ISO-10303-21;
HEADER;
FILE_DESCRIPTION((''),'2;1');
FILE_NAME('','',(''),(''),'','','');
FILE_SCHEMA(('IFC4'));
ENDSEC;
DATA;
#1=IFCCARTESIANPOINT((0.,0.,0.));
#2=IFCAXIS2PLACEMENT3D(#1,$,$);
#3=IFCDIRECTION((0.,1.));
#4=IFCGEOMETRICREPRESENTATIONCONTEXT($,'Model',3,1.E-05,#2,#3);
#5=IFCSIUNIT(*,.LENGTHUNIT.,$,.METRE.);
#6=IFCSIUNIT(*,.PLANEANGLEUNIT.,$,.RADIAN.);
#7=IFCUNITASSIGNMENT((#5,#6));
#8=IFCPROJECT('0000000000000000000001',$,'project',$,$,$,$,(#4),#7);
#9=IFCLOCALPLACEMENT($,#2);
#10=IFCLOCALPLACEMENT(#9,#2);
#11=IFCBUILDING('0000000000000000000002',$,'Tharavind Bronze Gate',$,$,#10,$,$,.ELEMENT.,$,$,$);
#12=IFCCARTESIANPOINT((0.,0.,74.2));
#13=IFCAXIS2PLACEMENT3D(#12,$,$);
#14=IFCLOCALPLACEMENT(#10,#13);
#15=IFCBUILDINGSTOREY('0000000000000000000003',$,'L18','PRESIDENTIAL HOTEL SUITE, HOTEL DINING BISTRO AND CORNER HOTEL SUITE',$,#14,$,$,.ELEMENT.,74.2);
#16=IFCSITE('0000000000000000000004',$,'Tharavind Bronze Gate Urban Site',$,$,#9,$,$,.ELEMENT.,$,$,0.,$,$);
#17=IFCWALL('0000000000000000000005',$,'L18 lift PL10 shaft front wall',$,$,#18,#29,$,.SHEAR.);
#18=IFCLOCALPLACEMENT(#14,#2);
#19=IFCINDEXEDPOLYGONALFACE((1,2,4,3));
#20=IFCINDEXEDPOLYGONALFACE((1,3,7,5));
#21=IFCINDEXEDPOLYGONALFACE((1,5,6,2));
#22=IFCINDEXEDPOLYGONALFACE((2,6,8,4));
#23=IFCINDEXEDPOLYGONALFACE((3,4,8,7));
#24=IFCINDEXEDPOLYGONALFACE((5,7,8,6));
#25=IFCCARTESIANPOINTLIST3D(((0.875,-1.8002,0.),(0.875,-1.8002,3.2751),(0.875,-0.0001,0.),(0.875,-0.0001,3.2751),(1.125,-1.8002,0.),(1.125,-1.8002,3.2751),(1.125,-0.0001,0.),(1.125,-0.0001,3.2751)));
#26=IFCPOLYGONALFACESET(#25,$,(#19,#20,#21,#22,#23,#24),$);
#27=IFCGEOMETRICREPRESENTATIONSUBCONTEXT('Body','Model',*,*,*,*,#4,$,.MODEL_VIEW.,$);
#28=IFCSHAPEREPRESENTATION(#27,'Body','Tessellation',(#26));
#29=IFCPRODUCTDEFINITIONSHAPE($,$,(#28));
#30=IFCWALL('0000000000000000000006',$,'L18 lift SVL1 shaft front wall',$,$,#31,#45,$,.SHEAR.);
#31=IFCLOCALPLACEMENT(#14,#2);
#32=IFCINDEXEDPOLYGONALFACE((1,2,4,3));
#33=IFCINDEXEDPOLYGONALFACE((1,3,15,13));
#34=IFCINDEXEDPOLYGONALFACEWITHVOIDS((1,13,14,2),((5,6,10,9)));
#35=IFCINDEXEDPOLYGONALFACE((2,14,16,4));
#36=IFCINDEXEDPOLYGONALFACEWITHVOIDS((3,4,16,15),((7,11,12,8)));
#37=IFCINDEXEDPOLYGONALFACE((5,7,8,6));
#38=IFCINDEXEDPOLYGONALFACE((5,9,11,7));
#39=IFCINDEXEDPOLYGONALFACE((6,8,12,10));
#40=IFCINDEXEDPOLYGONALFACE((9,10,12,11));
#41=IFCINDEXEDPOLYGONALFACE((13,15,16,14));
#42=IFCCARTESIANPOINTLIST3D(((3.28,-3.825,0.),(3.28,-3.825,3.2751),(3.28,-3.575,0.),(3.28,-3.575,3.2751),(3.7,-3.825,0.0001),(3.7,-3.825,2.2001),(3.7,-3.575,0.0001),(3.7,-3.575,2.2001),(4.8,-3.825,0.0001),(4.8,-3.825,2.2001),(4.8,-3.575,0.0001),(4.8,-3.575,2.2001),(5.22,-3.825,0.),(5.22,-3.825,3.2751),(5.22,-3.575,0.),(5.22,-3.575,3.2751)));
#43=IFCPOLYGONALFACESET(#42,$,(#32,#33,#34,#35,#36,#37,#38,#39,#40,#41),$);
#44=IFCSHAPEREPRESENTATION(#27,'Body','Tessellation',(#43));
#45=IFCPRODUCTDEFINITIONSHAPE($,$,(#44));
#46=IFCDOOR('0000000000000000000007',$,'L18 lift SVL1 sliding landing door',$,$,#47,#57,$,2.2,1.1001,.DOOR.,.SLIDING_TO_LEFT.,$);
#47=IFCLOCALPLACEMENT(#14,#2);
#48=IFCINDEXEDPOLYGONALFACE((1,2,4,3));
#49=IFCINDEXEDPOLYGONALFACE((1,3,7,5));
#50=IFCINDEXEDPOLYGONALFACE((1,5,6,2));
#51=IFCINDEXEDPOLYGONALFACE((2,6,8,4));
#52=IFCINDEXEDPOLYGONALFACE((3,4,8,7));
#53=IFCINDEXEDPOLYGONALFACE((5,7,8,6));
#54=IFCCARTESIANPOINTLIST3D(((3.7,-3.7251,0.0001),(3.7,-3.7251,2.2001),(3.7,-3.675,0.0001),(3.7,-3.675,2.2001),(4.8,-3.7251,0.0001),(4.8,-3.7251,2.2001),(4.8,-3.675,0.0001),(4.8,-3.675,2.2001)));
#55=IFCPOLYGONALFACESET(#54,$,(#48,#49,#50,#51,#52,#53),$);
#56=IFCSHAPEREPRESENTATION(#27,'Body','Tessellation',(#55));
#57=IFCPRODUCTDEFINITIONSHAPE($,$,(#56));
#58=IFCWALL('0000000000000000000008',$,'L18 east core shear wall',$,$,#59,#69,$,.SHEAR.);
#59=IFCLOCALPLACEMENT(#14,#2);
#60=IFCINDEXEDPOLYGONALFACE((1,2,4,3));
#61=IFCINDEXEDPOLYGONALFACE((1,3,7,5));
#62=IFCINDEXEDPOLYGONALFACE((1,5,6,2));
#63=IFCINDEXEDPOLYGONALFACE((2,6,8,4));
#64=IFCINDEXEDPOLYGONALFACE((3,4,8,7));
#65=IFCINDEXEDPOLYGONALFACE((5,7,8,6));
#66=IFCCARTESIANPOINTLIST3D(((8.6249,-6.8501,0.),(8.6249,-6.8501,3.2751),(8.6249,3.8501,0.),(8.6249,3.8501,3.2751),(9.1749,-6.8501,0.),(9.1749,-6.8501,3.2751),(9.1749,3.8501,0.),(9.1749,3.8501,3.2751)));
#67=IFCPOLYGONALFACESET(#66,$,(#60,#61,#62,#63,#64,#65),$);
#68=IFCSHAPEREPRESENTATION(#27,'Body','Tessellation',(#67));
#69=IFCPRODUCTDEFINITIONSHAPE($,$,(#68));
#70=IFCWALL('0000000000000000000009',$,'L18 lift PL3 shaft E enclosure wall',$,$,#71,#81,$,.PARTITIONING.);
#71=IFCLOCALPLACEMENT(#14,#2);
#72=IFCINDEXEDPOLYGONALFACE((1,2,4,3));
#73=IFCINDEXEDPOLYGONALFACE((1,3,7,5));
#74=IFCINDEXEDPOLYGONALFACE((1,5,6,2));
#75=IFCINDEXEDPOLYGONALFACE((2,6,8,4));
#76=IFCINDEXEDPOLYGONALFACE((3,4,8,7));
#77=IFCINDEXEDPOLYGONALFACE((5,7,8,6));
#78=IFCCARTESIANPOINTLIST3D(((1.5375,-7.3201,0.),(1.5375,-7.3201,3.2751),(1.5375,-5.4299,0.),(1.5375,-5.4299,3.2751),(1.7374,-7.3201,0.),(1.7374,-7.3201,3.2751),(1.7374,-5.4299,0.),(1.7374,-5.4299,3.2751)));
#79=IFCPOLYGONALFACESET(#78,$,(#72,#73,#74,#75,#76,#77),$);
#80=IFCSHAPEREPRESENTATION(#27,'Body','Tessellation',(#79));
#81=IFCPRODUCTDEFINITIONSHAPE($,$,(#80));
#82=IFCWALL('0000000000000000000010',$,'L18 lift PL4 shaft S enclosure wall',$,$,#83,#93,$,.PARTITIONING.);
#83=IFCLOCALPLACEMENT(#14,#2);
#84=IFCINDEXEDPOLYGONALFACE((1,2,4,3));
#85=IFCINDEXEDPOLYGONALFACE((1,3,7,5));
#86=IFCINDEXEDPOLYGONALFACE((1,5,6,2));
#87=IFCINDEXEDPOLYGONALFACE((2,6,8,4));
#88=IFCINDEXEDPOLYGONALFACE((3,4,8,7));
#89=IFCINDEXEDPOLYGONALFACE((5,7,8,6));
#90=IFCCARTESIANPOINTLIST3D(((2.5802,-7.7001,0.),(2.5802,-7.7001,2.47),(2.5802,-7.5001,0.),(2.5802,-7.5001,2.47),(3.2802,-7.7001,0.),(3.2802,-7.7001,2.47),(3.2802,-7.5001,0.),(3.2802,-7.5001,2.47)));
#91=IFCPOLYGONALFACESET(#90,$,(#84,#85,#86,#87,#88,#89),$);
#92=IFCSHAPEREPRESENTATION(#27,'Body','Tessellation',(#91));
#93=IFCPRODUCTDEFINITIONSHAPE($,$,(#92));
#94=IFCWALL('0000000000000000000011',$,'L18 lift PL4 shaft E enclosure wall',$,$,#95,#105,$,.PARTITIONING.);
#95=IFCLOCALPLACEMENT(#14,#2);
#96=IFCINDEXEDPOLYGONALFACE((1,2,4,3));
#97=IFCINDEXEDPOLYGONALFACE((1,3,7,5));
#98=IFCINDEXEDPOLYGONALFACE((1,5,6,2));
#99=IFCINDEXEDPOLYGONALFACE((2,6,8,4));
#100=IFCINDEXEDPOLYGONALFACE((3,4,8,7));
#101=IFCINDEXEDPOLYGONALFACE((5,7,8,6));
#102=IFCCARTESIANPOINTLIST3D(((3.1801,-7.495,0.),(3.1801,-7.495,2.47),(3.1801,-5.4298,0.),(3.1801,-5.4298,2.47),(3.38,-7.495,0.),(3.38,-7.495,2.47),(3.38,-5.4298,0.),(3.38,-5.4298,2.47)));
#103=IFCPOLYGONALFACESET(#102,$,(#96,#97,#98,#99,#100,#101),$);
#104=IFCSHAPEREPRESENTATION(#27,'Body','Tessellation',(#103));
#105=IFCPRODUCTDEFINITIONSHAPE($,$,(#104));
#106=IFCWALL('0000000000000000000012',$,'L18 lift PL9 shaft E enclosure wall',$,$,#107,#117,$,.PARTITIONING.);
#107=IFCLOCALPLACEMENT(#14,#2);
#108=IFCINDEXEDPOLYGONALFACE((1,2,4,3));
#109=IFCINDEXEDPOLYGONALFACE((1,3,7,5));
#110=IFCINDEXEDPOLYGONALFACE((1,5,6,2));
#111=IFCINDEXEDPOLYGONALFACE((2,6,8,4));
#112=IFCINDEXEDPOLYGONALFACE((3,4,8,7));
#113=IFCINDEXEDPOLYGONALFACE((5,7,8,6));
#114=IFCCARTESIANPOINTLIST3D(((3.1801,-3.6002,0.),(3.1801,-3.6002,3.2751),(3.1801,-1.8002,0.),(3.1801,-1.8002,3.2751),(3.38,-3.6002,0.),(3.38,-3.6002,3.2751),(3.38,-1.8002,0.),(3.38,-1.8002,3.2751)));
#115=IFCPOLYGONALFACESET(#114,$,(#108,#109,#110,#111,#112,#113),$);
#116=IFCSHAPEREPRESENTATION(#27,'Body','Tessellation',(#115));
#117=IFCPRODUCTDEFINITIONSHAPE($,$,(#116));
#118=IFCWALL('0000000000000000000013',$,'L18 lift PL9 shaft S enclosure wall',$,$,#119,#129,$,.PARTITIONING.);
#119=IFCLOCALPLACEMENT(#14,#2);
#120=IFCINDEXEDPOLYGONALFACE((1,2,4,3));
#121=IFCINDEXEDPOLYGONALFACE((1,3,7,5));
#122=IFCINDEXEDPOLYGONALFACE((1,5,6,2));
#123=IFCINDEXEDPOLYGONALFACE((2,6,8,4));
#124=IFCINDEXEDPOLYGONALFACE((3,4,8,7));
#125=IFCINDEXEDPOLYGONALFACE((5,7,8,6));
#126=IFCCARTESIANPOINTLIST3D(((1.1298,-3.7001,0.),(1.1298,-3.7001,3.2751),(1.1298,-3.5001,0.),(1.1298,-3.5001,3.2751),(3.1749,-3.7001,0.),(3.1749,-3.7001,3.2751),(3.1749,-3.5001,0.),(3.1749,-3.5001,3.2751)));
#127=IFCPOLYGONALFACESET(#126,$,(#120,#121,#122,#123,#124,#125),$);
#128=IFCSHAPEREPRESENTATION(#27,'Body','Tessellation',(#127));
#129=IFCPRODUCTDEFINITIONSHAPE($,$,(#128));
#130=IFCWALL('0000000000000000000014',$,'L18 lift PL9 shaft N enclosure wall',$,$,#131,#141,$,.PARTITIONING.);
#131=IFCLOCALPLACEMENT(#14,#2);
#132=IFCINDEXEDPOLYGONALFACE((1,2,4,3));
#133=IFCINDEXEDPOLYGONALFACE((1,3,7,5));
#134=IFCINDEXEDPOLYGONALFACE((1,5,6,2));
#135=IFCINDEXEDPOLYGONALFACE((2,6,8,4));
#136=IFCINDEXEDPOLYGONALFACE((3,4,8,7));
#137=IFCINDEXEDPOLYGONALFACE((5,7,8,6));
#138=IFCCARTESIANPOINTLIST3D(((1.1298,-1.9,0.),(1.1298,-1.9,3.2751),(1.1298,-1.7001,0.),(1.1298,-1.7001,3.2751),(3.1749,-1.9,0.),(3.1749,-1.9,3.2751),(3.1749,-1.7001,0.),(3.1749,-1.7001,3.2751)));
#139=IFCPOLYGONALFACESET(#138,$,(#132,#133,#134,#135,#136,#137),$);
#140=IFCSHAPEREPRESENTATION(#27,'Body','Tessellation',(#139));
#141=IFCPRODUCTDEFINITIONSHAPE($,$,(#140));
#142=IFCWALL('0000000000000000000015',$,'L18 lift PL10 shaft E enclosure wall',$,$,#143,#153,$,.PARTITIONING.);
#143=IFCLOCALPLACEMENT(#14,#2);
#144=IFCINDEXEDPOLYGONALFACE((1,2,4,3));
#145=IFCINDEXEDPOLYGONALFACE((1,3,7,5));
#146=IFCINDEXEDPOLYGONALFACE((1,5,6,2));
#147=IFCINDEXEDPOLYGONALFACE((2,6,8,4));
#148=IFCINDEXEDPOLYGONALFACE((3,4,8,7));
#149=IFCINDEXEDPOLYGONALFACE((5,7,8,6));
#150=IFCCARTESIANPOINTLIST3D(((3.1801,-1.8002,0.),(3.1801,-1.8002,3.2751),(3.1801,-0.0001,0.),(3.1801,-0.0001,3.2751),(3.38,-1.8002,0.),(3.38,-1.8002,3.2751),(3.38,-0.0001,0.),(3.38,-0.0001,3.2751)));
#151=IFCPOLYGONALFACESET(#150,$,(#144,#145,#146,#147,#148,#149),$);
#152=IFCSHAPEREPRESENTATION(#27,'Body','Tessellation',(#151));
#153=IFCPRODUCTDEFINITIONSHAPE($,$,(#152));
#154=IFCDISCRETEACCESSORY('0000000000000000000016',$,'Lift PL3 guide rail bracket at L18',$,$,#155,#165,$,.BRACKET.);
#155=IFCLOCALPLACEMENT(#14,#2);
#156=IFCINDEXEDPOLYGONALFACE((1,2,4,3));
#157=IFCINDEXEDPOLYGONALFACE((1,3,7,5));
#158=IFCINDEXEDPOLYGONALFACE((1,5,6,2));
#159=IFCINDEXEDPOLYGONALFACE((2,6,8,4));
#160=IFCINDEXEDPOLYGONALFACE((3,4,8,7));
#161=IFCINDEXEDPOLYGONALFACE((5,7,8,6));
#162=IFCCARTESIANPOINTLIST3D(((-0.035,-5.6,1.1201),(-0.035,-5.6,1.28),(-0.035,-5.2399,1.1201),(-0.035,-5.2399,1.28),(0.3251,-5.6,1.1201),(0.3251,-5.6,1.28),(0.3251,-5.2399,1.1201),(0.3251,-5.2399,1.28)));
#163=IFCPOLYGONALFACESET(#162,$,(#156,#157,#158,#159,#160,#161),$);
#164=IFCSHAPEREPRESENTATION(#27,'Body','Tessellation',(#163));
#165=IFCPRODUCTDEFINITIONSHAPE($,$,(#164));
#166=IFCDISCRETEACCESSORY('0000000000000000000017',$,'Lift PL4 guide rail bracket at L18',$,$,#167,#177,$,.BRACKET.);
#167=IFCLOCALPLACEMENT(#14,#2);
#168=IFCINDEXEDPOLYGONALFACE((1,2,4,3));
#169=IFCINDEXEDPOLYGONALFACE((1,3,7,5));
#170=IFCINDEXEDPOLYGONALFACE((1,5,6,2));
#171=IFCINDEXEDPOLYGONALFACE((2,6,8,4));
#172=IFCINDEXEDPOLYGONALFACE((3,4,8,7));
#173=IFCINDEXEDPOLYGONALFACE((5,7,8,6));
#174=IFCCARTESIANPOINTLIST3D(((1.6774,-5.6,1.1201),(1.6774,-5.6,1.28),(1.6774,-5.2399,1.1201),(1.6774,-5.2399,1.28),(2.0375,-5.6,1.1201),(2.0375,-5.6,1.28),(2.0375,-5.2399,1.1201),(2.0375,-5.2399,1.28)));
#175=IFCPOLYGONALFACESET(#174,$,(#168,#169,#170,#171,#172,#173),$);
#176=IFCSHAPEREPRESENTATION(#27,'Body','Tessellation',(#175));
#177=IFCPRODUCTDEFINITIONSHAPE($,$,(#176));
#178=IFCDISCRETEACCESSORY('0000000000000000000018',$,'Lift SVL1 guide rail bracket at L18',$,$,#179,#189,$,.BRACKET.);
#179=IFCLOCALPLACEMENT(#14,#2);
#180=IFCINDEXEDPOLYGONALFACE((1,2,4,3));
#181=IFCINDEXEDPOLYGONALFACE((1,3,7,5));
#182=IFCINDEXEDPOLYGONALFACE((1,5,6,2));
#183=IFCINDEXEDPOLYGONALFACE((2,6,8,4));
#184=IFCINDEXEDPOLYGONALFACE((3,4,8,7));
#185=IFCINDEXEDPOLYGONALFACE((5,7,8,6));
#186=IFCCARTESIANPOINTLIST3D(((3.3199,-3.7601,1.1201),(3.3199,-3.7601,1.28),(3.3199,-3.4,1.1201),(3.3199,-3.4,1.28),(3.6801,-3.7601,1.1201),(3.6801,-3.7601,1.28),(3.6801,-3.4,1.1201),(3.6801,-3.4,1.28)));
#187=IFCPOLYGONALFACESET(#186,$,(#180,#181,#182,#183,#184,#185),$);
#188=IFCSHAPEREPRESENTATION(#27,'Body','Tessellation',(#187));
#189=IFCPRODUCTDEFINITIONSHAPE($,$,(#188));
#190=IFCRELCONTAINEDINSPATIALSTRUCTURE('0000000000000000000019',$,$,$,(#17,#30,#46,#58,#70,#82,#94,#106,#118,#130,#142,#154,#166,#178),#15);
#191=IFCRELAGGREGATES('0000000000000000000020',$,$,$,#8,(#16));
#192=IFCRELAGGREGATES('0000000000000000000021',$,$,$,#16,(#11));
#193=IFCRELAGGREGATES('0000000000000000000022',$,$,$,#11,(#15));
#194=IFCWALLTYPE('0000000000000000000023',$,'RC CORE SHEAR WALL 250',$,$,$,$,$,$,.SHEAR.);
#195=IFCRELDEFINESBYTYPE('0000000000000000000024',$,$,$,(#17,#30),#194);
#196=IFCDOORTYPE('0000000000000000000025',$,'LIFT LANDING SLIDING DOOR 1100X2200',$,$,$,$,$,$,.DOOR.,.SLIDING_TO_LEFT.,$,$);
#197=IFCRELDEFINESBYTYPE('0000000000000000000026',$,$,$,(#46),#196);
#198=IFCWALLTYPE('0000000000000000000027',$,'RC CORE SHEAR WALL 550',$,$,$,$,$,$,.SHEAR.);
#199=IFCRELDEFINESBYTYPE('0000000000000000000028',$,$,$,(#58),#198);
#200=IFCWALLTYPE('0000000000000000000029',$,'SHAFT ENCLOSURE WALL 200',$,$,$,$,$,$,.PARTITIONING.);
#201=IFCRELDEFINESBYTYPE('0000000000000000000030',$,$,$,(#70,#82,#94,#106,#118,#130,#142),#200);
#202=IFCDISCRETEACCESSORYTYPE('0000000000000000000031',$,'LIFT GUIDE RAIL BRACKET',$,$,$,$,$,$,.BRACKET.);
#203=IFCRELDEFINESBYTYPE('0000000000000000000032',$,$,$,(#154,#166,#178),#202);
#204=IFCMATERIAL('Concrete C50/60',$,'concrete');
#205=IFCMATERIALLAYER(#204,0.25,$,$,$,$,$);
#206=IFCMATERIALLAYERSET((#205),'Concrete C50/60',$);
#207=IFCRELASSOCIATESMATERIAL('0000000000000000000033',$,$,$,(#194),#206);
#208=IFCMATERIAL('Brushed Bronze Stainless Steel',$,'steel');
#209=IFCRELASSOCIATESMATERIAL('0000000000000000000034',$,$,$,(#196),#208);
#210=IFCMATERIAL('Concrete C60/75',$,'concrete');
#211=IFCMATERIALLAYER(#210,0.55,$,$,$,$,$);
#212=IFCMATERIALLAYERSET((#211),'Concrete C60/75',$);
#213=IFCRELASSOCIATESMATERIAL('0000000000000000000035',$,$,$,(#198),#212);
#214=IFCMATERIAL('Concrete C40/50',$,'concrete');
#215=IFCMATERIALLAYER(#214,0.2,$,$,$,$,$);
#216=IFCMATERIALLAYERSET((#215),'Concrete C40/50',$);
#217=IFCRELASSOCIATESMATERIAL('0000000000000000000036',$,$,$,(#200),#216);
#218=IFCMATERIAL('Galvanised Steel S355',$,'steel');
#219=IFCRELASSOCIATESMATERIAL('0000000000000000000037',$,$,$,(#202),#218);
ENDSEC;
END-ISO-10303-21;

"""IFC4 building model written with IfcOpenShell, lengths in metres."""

from ifc_helpers import new_model, si_unit, direction, frame, frame_2d, origin, origin_2d, place, context, subcontext, project, spatial, rectangle, extrude, material, layer, layer_set, type_object, element, fill, save


model = new_model("IFC4")

# Units and contexts
model_context = context("Model", 3, precision=1e-05, world=origin(), true_north=direction((0.0, 1.0)))
body_context = subcontext(model_context, "Body", "Model", "MODEL_VIEW")
ifc_project = project(units=[si_unit("LENGTHUNIT", "METRE"), si_unit("PLANEANGLEUNIT", "RADIAN")], contexts=[model_context])

# Site, building, storey
site_placement = place(None, origin())
site = spatial("IfcSite", under=ifc_project, at=site_placement, Name="Tharavind Bronze Gate Urban Site", CompositionType="ELEMENT", RefElevation=0.0)
building_placement = place(site_placement, origin())
building = spatial("IfcBuilding", under=site, at=building_placement, Name="Tharavind Bronze Gate", CompositionType="ELEMENT")
storey_placement = place(building_placement, frame((0.0, 0.0, 74.2)))
storey = spatial("IfcBuildingStorey", under=building, at=storey_placement, Name="L18", Description="PRESIDENTIAL HOTEL SUITE, HOTEL DINING BISTRO AND CORNER HOTEL SUITE", CompositionType="ELEMENT", Elevation=74.2)

# Shared definitions
ifc_material_1 = material(Name="Concrete C50/60", Category="concrete")
ifc_layer_1 = layer(ifc_material_1, 0.25)
ifc_layer_set_1 = layer_set([ifc_layer_1], Name="Concrete C50/60")
wall_type_1 = type_object("IfcWallType", Name="RC CORE SHEAR WALL 250", PredefinedType="SHEAR", material=ifc_layer_set_1)

# Shared definitions
ifc_material_2 = material(Name="Brushed Bronze Stainless Steel", Category="steel")
door_type_1 = type_object("IfcDoorType", Name="LIFT LANDING SLIDING DOOR 1100X2200", OperationType="SLIDING_TO_LEFT", PredefinedType="DOOR", material=ifc_material_2)

# Wall
for number, where, z_axis, x_axis, name in (
    (1, (1.0, -1.8, 0.0), (0.0, 0.0, 1.0), (0.0, 1.0, 0.0), "L18 lift PL10 shaft front wall"),
):
    element("IfcWall", number, at=place(storey_placement, frame(where, z_axis=z_axis, x_axis=x_axis)), inside=storey, type_object=wall_type_1, Name=name, PredefinedType="SHEAR", context=body_context, shape_type="SweptSolid", body=[
        extrude(rectangle(XDim=1.8, YDim=0.25, at=frame_2d((0.8999, 0.0))), origin(), (0.0, 0.0, 1.0), 3.2751),
    ])

# Wall, opening, door
wall_1_placement = place(storey_placement, frame((3.28, -3.7, 0.0), z_axis=(0.0, 0.0, 1.0), x_axis=(1.0, 0.0, 0.0)))
wall_1 = element("IfcWall", 2, at=wall_1_placement, inside=storey, type_object=wall_type_1, Name="L18 lift SVL1 shaft front wall", PredefinedType="SHEAR", context=body_context, shape_type="SweptSolid", body=[
    extrude(rectangle(XDim=1.9399, YDim=0.25, at=frame_2d((0.97, 0.0))), origin(), (0.0, 0.0, 1.0), 3.2751),
])
opening_1_placement = place(wall_1_placement, frame((0.4199, 0.0, 0.0)))
opening_1 = element("IfcOpeningElement", 3, at=opening_1_placement, cuts=wall_1, PredefinedType="OPENING", context=body_context, shape_type="SweptSolid", body=[
    extrude(rectangle(XDim=1.1001, YDim=2.2, at=frame_2d((0.55, 1.1001))), frame((0.0, 0.135, 0.0), z_axis=(0.0, -1.0, 0.0), x_axis=(1.0, 0.0, 0.0)), (0.0, 0.0, 1.0), 0.27),
])
door_1_placement = place(opening_1_placement, origin())
door_1 = element("IfcDoor", 4, at=door_1_placement, inside=storey, type_object=door_type_1, Name="L18 lift SVL1 sliding landing door", OperationType="SLIDING_TO_LEFT", OverallHeight=2.2, OverallWidth=1.1001, PredefinedType="DOOR", context=body_context, shape_type="SweptSolid", body=[
    extrude(rectangle(XDim=1.1001, YDim=2.2, at=frame_2d((0.55, 1.1001))), frame((0.0, 0.0249, 0.0), z_axis=(0.0, -1.0, 0.0), x_axis=(1.0, 0.0, 0.0)), (0.0, 0.0, 1.0), 0.05),
])
fill(opening_1, door_1)

# Walls
ifc_material_3 = material(Name="Concrete C60/75", Category="concrete")
ifc_layer_2 = layer(ifc_material_3, 0.55)
ifc_layer_set_2 = layer_set([ifc_layer_2], Name="Concrete C60/75")
wall_type_2 = type_object("IfcWallType", Name="RC CORE SHEAR WALL 550", PredefinedType="SHEAR", material=ifc_layer_set_2)
wall_2_placement = place(storey_placement, frame((8.8999, -6.8501, 0.0), z_axis=(0.0, 0.0, 1.0), x_axis=(0.0, 1.0, 0.0)))
element("IfcWall", 5, at=wall_2_placement, inside=storey, type_object=wall_type_2, Name="L18 east core shear wall", PredefinedType="SHEAR", context=body_context, shape_type="SweptSolid", body=[
    extrude(rectangle(XDim=10.7002, YDim=0.55, at=frame_2d((5.3501, 0.0))), origin(), (0.0, 0.0, 1.0), 3.2751),
])
ifc_material_4 = material(Name="Concrete C40/50", Category="concrete")
ifc_layer_3 = layer(ifc_material_4, 0.2)
ifc_layer_set_3 = layer_set([ifc_layer_3], Name="Concrete C40/50")
wall_type_3 = type_object("IfcWallType", Name="SHAFT ENCLOSURE WALL 200", PredefinedType="PARTITIONING", material=ifc_layer_set_3)
wall_3_placement = place(storey_placement, frame((1.6375, -7.3201, 0.0), z_axis=(0.0, 0.0, 1.0), x_axis=(0.0, 1.0, 0.0)))
element("IfcWall", 6, at=wall_3_placement, inside=storey, type_object=wall_type_3, Name="L18 lift PL3 shaft E enclosure wall", PredefinedType="PARTITIONING", context=body_context, shape_type="SweptSolid", body=[
    extrude(rectangle(XDim=1.8901, YDim=0.2, at=frame_2d((0.9451, 0.0))), origin(), (0.0, 0.0, 1.0), 3.2751),
])
wall_4_placement = place(storey_placement, frame((2.5801, -7.6001, 0.0), z_axis=(0.0, 0.0, 1.0), x_axis=(1.0, 0.0, 0.0)))
element("IfcWall", 7, at=wall_4_placement, inside=storey, type_object=wall_type_3, Name="L18 lift PL4 shaft S enclosure wall", PredefinedType="PARTITIONING", context=body_context, shape_type="SweptSolid", body=[
    extrude(rectangle(XDim=0.7, YDim=0.2, at=frame_2d((0.3501, 0.0))), origin(), (0.0, 0.0, 1.0), 2.47),
])
wall_5_placement = place(storey_placement, frame((3.28, -7.4951, 0.0), z_axis=(0.0, 0.0, 1.0), x_axis=(0.0, 1.0, 0.0)))
element("IfcWall", 8, at=wall_5_placement, inside=storey, type_object=wall_type_3, Name="L18 lift PL4 shaft E enclosure wall", PredefinedType="PARTITIONING", context=body_context, shape_type="SweptSolid", body=[
    extrude(rectangle(XDim=2.0652, YDim=0.2, at=frame_2d((1.0327, 0.0))), origin(), (0.0, 0.0, 1.0), 2.47),
])
wall_6_placement = place(storey_placement, frame((3.28, -3.6001, 0.0), z_axis=(0.0, 0.0, 1.0), x_axis=(0.0, 1.0, 0.0)))
element("IfcWall", 9, at=wall_6_placement, inside=storey, type_object=wall_type_3, Name="L18 lift PL9 shaft E enclosure wall", PredefinedType="PARTITIONING", context=body_context, shape_type="SweptSolid", body=[
    extrude(rectangle(XDim=1.8, YDim=0.2, at=frame_2d((0.8999, 0.0))), origin(), (0.0, 0.0, 1.0), 3.2751),
])
for number, where, z_axis, x_axis, name in (
    (10, (1.1299, -3.6001, 0.0), (0.0, 0.0, 1.0), (1.0, 0.0, 0.0), "L18 lift PL9 shaft S enclosure wall"),
    (11, (1.1299, -1.8, 0.0), (0.0, 0.0, 1.0), (1.0, 0.0, 0.0), "L18 lift PL9 shaft N enclosure wall"),
):
    element("IfcWall", number, at=place(storey_placement, frame(where, z_axis=z_axis, x_axis=x_axis)), inside=storey, type_object=wall_type_3, Name=name, PredefinedType="PARTITIONING", context=body_context, shape_type="SweptSolid", body=[
        extrude(rectangle(XDim=2.0452, YDim=0.2, at=frame_2d((1.0225, 0.0))), origin(), (0.0, 0.0, 1.0), 3.2751),
    ])
wall_7_placement = place(storey_placement, frame((3.28, -1.8, 0.0), z_axis=(0.0, 0.0, 1.0), x_axis=(0.0, 1.0, 0.0)))
element("IfcWall", 12, at=wall_7_placement, inside=storey, type_object=wall_type_3, Name="L18 lift PL10 shaft E enclosure wall", PredefinedType="PARTITIONING", context=body_context, shape_type="SweptSolid", body=[
    extrude(rectangle(XDim=1.8, YDim=0.2, at=frame_2d((0.8999, 0.0))), origin(), (0.0, 0.0, 1.0), 3.2751),
])

# Discrete accessories
ifc_material_5 = material(Name="Galvanised Steel S355", Category="steel")
discrete_accessory_type = type_object("IfcDiscreteAccessoryType", Name="LIFT GUIDE RAIL BRACKET", PredefinedType="BRACKET", material=ifc_material_5)
for number, where, z_axis, x_axis, name in (
    (13, (0.145, -5.4199, 1.1201), (0.0, 0.0, 1.0), (1.0, 0.0, 0.0), "Lift PL3 guide rail bracket at L18"),
    (14, (1.8574, -5.4199, 1.1201), (0.0, 0.0, 1.0), (1.0, 0.0, 0.0), "Lift PL4 guide rail bracket at L18"),
    (15, (3.5, -3.5801, 1.1201), (0.0, 0.0, 1.0), (1.0, 0.0, 0.0), "Lift SVL1 guide rail bracket at L18"),
):
    element("IfcDiscreteAccessory", number, at=place(storey_placement, frame(where, z_axis=z_axis, x_axis=x_axis)), inside=storey, type_object=discrete_accessory_type, Name=name, PredefinedType="BRACKET", context=body_context, shape_type="SweptSolid", body=[
        extrude(rectangle(XDim=0.3601, YDim=0.3601, at=origin_2d()), origin(), (0.0, 0.0, 1.0), 0.1599),
    ])

save(model, "model.ifc")
